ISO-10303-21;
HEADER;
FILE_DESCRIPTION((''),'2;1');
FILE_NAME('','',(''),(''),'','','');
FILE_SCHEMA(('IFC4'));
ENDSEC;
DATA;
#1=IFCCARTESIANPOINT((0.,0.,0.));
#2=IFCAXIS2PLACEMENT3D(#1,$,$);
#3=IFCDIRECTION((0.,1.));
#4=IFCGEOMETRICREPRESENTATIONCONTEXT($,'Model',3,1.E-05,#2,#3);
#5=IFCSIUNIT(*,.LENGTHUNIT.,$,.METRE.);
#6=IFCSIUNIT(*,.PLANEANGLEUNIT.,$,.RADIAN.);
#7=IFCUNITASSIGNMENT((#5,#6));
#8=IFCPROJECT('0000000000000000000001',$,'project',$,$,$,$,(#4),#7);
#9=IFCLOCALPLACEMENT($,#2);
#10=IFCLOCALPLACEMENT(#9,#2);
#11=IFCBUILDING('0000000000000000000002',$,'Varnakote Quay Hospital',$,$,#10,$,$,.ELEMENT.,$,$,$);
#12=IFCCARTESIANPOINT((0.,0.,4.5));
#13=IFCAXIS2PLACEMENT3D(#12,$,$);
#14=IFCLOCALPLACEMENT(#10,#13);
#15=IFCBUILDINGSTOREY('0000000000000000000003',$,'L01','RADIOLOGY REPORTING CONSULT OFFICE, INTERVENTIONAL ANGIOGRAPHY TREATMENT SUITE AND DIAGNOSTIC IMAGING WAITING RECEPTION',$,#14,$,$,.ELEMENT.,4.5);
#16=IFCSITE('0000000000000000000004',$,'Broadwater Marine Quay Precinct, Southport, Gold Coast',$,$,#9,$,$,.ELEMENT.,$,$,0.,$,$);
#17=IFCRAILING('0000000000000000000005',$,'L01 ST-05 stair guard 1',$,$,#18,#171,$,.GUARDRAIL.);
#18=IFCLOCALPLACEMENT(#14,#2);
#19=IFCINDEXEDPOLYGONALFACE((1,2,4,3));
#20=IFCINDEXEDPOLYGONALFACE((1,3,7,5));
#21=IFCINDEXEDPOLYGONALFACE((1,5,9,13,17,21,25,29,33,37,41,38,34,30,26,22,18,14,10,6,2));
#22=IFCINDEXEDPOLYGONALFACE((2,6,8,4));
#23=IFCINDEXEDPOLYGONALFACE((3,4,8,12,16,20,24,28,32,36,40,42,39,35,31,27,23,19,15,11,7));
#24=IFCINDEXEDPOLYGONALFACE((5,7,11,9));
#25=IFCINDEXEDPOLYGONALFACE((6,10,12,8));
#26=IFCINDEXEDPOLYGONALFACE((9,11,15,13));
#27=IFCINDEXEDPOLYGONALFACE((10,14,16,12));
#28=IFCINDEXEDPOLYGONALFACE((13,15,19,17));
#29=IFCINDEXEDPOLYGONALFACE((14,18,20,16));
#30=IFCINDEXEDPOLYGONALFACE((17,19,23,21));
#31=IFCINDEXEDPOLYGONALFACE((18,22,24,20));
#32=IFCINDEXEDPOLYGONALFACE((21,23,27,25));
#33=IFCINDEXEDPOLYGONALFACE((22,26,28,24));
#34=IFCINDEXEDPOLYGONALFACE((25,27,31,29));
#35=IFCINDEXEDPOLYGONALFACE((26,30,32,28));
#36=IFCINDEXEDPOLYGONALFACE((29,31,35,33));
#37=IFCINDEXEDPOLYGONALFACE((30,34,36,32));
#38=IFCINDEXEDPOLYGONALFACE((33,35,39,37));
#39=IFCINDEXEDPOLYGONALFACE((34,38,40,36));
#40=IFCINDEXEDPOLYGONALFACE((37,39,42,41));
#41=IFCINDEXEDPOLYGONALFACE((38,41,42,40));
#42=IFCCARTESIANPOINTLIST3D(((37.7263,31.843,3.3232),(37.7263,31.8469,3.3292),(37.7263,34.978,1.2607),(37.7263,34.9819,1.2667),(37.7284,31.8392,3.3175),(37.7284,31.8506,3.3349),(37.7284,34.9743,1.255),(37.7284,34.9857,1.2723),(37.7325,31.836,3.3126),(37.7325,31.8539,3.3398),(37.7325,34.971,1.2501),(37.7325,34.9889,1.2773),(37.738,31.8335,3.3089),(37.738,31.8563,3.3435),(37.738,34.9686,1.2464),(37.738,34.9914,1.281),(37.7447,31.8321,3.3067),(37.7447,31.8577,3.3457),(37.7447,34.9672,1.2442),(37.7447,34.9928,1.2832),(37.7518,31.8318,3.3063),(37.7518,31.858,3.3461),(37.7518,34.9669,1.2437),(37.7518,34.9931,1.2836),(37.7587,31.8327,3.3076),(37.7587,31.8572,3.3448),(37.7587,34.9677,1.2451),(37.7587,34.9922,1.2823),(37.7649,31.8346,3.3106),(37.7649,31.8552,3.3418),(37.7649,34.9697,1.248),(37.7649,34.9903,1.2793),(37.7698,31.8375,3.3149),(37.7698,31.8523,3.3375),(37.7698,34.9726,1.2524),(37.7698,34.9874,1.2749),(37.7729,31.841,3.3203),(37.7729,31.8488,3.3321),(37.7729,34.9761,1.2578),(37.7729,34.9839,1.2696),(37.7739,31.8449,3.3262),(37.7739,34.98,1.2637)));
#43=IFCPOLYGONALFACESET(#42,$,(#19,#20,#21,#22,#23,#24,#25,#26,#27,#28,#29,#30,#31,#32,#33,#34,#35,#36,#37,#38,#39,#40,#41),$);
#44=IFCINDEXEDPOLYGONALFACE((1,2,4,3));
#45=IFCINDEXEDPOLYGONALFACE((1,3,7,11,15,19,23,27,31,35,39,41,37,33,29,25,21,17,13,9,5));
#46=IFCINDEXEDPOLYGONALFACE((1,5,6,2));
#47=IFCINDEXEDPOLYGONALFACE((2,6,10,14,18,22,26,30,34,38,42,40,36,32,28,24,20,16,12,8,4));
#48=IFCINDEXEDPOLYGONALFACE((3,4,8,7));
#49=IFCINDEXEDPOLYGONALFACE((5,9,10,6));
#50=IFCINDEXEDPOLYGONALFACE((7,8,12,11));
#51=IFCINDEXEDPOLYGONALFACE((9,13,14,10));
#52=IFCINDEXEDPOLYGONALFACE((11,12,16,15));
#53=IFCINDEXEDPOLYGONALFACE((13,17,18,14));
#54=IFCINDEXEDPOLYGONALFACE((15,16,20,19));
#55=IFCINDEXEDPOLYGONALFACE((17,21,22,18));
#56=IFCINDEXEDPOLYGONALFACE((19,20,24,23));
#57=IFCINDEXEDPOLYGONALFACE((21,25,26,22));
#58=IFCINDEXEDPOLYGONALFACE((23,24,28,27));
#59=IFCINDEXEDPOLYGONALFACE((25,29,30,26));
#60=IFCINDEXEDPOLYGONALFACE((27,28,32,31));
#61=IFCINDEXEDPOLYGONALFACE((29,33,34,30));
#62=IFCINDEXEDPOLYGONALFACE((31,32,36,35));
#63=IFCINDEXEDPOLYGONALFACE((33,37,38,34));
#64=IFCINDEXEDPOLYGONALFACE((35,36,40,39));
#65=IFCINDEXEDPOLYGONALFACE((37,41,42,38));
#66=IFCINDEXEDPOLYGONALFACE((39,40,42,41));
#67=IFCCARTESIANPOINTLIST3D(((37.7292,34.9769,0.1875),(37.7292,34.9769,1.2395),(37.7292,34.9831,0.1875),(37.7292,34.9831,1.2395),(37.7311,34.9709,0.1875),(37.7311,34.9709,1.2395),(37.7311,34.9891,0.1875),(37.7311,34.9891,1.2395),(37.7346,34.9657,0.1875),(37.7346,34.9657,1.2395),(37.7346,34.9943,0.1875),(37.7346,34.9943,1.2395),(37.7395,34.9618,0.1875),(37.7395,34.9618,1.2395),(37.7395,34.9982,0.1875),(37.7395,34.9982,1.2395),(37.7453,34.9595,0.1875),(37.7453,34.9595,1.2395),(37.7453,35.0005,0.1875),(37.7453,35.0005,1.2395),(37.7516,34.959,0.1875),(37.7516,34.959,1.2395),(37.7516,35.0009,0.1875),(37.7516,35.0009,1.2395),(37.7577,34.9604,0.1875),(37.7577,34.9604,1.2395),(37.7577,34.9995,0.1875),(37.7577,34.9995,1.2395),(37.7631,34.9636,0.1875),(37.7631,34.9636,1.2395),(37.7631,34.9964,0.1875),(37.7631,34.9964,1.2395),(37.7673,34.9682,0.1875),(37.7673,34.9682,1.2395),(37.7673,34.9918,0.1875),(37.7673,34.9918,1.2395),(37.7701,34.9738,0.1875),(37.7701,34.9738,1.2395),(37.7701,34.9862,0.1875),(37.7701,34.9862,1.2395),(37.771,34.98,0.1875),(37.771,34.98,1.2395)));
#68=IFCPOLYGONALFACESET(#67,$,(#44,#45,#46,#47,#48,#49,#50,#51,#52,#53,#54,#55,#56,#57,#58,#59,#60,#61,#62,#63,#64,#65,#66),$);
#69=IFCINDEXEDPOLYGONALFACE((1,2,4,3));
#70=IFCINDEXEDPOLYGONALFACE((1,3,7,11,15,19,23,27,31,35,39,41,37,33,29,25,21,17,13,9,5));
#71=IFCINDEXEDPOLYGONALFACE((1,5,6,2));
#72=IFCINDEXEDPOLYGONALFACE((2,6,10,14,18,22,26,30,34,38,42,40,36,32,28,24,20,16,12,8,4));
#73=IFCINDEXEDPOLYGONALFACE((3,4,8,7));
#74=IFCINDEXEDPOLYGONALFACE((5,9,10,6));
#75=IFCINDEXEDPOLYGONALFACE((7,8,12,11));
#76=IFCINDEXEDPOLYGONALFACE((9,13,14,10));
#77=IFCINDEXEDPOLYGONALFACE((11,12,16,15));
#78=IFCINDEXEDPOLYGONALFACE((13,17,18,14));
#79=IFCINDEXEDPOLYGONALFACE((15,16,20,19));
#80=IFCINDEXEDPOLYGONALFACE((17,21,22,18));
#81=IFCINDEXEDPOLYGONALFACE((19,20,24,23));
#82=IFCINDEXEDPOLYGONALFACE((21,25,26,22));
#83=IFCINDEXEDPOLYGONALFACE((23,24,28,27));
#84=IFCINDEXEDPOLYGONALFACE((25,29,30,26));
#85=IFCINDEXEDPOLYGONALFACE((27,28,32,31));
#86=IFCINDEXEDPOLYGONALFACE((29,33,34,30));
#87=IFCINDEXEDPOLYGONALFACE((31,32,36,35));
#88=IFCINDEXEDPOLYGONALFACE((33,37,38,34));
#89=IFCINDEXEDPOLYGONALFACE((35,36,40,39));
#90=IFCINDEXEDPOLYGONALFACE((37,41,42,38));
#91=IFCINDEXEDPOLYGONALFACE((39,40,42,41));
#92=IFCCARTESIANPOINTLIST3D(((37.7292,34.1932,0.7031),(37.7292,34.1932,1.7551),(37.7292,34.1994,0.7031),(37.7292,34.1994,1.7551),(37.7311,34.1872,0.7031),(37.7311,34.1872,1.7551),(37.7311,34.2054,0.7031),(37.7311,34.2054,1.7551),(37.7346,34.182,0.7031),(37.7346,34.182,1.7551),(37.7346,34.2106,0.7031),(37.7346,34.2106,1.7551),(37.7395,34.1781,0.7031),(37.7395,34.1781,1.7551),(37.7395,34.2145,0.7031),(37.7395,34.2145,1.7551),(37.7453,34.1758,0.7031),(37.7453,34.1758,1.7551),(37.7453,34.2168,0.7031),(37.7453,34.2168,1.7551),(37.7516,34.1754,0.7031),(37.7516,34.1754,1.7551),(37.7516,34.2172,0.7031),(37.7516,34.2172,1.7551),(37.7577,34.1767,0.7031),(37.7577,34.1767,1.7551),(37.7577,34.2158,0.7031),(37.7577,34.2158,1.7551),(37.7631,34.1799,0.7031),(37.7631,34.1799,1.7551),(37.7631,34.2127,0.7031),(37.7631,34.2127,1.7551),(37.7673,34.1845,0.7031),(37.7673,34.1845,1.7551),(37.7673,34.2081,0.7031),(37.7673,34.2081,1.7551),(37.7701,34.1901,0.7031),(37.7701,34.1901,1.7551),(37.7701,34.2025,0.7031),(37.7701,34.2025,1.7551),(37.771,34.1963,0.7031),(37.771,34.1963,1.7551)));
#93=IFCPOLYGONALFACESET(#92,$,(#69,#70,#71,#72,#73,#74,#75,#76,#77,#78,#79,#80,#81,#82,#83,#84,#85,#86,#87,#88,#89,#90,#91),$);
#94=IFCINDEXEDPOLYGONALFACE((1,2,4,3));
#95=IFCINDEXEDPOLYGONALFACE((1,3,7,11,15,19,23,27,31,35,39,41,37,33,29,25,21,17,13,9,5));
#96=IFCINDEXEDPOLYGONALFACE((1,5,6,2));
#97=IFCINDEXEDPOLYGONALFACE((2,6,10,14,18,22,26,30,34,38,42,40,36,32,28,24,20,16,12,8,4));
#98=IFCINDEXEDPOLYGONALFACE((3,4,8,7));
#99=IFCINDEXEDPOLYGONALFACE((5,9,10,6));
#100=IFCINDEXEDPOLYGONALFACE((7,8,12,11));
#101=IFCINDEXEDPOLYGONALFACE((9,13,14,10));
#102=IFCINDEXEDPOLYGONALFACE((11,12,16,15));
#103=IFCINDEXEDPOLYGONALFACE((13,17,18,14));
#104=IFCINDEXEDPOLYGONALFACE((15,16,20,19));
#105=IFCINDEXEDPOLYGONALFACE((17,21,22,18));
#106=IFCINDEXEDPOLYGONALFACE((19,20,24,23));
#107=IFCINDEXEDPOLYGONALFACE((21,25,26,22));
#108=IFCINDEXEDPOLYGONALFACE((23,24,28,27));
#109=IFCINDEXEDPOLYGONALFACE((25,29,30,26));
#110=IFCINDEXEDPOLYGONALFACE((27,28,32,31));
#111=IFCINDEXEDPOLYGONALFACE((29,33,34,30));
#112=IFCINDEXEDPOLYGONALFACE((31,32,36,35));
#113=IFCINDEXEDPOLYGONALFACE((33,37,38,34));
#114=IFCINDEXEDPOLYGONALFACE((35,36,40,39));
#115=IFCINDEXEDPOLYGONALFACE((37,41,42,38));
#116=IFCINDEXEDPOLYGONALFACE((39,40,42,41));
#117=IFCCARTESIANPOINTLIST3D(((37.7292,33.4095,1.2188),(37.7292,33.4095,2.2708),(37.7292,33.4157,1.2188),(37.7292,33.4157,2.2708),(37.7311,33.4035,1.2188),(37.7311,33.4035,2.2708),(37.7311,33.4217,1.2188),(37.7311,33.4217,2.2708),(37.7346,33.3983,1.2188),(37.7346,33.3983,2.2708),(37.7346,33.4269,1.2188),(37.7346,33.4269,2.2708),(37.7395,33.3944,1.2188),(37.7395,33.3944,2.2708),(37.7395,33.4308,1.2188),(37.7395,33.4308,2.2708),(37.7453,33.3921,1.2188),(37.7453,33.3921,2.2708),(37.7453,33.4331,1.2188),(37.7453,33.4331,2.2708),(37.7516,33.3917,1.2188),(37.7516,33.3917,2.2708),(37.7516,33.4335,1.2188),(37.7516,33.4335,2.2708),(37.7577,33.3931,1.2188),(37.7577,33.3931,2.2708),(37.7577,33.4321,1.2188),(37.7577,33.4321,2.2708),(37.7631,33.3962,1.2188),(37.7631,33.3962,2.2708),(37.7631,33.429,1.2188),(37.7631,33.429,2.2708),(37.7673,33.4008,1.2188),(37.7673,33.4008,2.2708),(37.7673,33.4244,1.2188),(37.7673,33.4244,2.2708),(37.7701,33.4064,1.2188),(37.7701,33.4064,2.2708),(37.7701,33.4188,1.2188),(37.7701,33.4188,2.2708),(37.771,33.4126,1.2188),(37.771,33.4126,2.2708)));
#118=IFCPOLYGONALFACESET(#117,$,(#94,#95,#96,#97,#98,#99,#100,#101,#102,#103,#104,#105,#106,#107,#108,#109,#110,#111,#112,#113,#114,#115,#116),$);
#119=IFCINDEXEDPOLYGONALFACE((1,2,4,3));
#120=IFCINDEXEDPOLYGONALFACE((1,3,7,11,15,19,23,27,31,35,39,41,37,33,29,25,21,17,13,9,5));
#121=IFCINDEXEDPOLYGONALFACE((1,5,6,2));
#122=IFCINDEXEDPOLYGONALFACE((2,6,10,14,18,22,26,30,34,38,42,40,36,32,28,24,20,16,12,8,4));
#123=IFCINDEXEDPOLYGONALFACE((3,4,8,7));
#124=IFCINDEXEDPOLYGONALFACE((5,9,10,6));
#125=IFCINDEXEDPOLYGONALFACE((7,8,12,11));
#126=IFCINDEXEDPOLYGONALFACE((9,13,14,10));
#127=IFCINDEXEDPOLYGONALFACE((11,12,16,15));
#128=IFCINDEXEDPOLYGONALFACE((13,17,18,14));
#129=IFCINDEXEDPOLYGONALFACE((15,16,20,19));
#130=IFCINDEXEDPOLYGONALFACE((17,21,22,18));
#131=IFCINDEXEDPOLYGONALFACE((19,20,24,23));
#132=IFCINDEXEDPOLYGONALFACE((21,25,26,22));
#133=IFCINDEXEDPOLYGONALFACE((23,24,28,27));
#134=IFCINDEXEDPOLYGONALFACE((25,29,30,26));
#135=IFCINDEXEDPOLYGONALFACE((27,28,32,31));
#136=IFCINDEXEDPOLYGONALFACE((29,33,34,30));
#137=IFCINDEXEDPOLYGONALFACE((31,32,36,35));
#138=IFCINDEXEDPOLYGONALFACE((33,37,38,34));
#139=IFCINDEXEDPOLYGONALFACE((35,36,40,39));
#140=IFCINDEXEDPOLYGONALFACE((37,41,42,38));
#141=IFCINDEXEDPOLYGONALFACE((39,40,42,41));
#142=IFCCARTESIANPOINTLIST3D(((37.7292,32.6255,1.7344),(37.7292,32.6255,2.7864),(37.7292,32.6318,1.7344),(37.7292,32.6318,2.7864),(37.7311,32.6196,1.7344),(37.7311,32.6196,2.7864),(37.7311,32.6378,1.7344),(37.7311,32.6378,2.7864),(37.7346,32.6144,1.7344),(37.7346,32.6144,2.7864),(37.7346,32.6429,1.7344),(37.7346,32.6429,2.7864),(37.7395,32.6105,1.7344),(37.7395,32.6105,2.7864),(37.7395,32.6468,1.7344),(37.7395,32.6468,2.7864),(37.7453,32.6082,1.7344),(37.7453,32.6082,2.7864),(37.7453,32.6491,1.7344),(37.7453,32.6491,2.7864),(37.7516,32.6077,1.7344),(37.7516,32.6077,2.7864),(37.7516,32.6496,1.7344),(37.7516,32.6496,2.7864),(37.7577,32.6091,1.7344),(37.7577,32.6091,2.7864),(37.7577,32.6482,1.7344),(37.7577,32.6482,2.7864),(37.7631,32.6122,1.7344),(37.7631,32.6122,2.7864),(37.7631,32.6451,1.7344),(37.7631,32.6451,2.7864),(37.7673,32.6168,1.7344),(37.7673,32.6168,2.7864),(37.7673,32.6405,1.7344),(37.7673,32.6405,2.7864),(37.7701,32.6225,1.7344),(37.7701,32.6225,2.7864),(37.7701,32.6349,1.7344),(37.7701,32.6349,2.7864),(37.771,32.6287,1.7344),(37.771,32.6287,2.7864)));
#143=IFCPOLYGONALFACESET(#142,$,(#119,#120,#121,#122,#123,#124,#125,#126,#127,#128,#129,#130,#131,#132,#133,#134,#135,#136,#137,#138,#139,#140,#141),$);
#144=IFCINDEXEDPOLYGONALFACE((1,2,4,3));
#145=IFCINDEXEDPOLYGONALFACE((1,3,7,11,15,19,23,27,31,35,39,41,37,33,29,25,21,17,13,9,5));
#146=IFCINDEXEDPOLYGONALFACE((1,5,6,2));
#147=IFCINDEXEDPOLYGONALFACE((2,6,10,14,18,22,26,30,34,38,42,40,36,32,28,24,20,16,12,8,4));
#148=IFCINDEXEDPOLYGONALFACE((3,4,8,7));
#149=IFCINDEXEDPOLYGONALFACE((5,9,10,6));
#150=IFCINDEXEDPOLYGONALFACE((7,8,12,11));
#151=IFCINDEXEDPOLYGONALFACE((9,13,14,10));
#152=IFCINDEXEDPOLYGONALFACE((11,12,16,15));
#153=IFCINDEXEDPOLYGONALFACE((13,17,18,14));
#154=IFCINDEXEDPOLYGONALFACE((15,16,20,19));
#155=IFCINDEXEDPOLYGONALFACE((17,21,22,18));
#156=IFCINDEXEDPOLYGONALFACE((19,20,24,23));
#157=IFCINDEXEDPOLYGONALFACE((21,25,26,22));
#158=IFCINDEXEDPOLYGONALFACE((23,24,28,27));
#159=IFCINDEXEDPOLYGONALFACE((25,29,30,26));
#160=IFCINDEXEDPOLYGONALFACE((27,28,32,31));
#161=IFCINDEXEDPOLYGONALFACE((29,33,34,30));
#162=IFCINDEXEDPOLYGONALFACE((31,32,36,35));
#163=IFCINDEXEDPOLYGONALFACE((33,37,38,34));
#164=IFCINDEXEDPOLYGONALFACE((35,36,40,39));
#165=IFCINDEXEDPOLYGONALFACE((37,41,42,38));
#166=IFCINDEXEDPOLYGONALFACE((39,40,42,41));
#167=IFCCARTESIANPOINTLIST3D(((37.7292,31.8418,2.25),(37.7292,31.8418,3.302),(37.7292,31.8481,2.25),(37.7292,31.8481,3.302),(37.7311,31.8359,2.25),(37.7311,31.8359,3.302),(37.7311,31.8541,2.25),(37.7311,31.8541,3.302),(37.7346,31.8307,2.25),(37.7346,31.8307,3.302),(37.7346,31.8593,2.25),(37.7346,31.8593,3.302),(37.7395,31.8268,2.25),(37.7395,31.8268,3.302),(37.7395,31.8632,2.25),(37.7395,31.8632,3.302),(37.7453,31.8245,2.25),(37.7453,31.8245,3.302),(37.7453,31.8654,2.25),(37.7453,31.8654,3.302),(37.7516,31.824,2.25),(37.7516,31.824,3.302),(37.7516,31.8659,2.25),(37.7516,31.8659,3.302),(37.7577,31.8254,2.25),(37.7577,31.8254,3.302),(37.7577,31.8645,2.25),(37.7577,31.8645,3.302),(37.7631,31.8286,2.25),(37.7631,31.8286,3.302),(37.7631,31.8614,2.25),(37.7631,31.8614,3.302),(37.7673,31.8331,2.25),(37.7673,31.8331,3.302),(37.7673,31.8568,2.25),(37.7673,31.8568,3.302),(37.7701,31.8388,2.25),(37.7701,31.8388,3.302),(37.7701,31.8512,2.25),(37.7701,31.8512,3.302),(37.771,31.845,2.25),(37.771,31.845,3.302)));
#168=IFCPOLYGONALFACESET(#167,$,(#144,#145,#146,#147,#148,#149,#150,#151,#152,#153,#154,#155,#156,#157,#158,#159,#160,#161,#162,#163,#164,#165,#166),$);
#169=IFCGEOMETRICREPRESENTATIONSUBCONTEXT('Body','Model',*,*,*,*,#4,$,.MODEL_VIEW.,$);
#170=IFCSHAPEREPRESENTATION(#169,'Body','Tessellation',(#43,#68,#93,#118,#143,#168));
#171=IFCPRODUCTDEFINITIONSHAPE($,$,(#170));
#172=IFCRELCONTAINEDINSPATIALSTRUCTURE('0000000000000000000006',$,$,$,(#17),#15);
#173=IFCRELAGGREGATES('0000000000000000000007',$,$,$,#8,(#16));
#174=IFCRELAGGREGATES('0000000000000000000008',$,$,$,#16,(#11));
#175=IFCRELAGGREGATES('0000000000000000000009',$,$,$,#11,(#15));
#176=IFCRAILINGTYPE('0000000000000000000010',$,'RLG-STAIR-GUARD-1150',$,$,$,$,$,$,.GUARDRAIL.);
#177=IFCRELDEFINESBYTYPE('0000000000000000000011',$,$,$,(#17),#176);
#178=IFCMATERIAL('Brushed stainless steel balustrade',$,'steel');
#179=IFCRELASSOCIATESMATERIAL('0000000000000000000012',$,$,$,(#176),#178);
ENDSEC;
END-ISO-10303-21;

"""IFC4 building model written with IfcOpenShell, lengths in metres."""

from ifc_helpers import new_model, si_unit, direction, frame, origin, origin_2d, place, context, subcontext, project, spatial, circle, extrude, material, type_object, element, save


model = new_model("IFC4")

# Units and contexts
model_context = context("Model", 3, precision=1e-05, world=origin(), true_north=direction((0.0, 1.0)))
body_context = subcontext(model_context, "Body", "Model", "MODEL_VIEW")
ifc_project = project(units=[si_unit("LENGTHUNIT", "METRE"), si_unit("PLANEANGLEUNIT", "RADIAN")], contexts=[model_context])

# Site, building, storey
site_placement = place(None, origin())
site = spatial("IfcSite", under=ifc_project, at=site_placement, Name="Broadwater Marine Quay Precinct, Southport, Gold Coast", CompositionType="ELEMENT", RefElevation=0.0)
building_placement = place(site_placement, origin())
building = spatial("IfcBuilding", under=site, at=building_placement, Name="Varnakote Quay Hospital", CompositionType="ELEMENT")
storey_placement = place(building_placement, frame((0.0, 0.0, 4.5)))
storey = spatial("IfcBuildingStorey", under=building, at=storey_placement, Name="L01", Description="RADIOLOGY REPORTING CONSULT OFFICE, INTERVENTIONAL ANGIOGRAPHY TREATMENT SUITE AND DIAGNOSTIC IMAGING WAITING RECEPTION", CompositionType="ELEMENT", Elevation=4.5)

# Railing
ifc_material_1 = material(Name="Brushed stainless steel balustrade", Category="steel")
railing_type_1 = type_object("IfcRailingType", Name="RLG-STAIR-GUARD-1150", PredefinedType="GUARDRAIL", material=ifc_material_1)
railing_1_placement = place(storey_placement, frame((37.75, 34.98, 0.1875)))
element("IfcRailing", 1, at=railing_1_placement, inside=storey, type_object=railing_type_1, Name="L01 ST-05 stair guard 1", PredefinedType="GUARDRAIL", context=body_context, shape_type="SweptSolid", body=[
    extrude(circle(Radius=0.0239, at=origin_2d()), frame((0.0, 0.0, 1.0762), z_axis=(0.0, -0.835418, 0.549615), x_axis=(1.0, 0.0, 0.0)), (0.0, 0.0, 1.0), 3.7527),
    extrude(circle(Radius=0.021, at=origin_2d()), origin(), (0.0, 0.0, 1.0), 1.052),
    extrude(circle(Radius=0.021, at=origin_2d()), frame((0.0, -0.7837, 0.5156)), (0.0, 0.0, 1.0), 1.052),
    extrude(circle(Radius=0.021, at=origin_2d()), frame((0.0, -1.5674, 1.0312)), (0.0, 0.0, 1.0), 1.052),
    extrude(circle(Radius=0.021, at=origin_2d()), frame((0.0, -2.3513, 1.5469)), (0.0, 0.0, 1.0), 1.052),
    extrude(circle(Radius=0.021, at=origin_2d()), frame((0.0, -3.135, 2.0625)), (0.0, 0.0, 1.0), 1.052),
])

save(model, "model.ifc")
